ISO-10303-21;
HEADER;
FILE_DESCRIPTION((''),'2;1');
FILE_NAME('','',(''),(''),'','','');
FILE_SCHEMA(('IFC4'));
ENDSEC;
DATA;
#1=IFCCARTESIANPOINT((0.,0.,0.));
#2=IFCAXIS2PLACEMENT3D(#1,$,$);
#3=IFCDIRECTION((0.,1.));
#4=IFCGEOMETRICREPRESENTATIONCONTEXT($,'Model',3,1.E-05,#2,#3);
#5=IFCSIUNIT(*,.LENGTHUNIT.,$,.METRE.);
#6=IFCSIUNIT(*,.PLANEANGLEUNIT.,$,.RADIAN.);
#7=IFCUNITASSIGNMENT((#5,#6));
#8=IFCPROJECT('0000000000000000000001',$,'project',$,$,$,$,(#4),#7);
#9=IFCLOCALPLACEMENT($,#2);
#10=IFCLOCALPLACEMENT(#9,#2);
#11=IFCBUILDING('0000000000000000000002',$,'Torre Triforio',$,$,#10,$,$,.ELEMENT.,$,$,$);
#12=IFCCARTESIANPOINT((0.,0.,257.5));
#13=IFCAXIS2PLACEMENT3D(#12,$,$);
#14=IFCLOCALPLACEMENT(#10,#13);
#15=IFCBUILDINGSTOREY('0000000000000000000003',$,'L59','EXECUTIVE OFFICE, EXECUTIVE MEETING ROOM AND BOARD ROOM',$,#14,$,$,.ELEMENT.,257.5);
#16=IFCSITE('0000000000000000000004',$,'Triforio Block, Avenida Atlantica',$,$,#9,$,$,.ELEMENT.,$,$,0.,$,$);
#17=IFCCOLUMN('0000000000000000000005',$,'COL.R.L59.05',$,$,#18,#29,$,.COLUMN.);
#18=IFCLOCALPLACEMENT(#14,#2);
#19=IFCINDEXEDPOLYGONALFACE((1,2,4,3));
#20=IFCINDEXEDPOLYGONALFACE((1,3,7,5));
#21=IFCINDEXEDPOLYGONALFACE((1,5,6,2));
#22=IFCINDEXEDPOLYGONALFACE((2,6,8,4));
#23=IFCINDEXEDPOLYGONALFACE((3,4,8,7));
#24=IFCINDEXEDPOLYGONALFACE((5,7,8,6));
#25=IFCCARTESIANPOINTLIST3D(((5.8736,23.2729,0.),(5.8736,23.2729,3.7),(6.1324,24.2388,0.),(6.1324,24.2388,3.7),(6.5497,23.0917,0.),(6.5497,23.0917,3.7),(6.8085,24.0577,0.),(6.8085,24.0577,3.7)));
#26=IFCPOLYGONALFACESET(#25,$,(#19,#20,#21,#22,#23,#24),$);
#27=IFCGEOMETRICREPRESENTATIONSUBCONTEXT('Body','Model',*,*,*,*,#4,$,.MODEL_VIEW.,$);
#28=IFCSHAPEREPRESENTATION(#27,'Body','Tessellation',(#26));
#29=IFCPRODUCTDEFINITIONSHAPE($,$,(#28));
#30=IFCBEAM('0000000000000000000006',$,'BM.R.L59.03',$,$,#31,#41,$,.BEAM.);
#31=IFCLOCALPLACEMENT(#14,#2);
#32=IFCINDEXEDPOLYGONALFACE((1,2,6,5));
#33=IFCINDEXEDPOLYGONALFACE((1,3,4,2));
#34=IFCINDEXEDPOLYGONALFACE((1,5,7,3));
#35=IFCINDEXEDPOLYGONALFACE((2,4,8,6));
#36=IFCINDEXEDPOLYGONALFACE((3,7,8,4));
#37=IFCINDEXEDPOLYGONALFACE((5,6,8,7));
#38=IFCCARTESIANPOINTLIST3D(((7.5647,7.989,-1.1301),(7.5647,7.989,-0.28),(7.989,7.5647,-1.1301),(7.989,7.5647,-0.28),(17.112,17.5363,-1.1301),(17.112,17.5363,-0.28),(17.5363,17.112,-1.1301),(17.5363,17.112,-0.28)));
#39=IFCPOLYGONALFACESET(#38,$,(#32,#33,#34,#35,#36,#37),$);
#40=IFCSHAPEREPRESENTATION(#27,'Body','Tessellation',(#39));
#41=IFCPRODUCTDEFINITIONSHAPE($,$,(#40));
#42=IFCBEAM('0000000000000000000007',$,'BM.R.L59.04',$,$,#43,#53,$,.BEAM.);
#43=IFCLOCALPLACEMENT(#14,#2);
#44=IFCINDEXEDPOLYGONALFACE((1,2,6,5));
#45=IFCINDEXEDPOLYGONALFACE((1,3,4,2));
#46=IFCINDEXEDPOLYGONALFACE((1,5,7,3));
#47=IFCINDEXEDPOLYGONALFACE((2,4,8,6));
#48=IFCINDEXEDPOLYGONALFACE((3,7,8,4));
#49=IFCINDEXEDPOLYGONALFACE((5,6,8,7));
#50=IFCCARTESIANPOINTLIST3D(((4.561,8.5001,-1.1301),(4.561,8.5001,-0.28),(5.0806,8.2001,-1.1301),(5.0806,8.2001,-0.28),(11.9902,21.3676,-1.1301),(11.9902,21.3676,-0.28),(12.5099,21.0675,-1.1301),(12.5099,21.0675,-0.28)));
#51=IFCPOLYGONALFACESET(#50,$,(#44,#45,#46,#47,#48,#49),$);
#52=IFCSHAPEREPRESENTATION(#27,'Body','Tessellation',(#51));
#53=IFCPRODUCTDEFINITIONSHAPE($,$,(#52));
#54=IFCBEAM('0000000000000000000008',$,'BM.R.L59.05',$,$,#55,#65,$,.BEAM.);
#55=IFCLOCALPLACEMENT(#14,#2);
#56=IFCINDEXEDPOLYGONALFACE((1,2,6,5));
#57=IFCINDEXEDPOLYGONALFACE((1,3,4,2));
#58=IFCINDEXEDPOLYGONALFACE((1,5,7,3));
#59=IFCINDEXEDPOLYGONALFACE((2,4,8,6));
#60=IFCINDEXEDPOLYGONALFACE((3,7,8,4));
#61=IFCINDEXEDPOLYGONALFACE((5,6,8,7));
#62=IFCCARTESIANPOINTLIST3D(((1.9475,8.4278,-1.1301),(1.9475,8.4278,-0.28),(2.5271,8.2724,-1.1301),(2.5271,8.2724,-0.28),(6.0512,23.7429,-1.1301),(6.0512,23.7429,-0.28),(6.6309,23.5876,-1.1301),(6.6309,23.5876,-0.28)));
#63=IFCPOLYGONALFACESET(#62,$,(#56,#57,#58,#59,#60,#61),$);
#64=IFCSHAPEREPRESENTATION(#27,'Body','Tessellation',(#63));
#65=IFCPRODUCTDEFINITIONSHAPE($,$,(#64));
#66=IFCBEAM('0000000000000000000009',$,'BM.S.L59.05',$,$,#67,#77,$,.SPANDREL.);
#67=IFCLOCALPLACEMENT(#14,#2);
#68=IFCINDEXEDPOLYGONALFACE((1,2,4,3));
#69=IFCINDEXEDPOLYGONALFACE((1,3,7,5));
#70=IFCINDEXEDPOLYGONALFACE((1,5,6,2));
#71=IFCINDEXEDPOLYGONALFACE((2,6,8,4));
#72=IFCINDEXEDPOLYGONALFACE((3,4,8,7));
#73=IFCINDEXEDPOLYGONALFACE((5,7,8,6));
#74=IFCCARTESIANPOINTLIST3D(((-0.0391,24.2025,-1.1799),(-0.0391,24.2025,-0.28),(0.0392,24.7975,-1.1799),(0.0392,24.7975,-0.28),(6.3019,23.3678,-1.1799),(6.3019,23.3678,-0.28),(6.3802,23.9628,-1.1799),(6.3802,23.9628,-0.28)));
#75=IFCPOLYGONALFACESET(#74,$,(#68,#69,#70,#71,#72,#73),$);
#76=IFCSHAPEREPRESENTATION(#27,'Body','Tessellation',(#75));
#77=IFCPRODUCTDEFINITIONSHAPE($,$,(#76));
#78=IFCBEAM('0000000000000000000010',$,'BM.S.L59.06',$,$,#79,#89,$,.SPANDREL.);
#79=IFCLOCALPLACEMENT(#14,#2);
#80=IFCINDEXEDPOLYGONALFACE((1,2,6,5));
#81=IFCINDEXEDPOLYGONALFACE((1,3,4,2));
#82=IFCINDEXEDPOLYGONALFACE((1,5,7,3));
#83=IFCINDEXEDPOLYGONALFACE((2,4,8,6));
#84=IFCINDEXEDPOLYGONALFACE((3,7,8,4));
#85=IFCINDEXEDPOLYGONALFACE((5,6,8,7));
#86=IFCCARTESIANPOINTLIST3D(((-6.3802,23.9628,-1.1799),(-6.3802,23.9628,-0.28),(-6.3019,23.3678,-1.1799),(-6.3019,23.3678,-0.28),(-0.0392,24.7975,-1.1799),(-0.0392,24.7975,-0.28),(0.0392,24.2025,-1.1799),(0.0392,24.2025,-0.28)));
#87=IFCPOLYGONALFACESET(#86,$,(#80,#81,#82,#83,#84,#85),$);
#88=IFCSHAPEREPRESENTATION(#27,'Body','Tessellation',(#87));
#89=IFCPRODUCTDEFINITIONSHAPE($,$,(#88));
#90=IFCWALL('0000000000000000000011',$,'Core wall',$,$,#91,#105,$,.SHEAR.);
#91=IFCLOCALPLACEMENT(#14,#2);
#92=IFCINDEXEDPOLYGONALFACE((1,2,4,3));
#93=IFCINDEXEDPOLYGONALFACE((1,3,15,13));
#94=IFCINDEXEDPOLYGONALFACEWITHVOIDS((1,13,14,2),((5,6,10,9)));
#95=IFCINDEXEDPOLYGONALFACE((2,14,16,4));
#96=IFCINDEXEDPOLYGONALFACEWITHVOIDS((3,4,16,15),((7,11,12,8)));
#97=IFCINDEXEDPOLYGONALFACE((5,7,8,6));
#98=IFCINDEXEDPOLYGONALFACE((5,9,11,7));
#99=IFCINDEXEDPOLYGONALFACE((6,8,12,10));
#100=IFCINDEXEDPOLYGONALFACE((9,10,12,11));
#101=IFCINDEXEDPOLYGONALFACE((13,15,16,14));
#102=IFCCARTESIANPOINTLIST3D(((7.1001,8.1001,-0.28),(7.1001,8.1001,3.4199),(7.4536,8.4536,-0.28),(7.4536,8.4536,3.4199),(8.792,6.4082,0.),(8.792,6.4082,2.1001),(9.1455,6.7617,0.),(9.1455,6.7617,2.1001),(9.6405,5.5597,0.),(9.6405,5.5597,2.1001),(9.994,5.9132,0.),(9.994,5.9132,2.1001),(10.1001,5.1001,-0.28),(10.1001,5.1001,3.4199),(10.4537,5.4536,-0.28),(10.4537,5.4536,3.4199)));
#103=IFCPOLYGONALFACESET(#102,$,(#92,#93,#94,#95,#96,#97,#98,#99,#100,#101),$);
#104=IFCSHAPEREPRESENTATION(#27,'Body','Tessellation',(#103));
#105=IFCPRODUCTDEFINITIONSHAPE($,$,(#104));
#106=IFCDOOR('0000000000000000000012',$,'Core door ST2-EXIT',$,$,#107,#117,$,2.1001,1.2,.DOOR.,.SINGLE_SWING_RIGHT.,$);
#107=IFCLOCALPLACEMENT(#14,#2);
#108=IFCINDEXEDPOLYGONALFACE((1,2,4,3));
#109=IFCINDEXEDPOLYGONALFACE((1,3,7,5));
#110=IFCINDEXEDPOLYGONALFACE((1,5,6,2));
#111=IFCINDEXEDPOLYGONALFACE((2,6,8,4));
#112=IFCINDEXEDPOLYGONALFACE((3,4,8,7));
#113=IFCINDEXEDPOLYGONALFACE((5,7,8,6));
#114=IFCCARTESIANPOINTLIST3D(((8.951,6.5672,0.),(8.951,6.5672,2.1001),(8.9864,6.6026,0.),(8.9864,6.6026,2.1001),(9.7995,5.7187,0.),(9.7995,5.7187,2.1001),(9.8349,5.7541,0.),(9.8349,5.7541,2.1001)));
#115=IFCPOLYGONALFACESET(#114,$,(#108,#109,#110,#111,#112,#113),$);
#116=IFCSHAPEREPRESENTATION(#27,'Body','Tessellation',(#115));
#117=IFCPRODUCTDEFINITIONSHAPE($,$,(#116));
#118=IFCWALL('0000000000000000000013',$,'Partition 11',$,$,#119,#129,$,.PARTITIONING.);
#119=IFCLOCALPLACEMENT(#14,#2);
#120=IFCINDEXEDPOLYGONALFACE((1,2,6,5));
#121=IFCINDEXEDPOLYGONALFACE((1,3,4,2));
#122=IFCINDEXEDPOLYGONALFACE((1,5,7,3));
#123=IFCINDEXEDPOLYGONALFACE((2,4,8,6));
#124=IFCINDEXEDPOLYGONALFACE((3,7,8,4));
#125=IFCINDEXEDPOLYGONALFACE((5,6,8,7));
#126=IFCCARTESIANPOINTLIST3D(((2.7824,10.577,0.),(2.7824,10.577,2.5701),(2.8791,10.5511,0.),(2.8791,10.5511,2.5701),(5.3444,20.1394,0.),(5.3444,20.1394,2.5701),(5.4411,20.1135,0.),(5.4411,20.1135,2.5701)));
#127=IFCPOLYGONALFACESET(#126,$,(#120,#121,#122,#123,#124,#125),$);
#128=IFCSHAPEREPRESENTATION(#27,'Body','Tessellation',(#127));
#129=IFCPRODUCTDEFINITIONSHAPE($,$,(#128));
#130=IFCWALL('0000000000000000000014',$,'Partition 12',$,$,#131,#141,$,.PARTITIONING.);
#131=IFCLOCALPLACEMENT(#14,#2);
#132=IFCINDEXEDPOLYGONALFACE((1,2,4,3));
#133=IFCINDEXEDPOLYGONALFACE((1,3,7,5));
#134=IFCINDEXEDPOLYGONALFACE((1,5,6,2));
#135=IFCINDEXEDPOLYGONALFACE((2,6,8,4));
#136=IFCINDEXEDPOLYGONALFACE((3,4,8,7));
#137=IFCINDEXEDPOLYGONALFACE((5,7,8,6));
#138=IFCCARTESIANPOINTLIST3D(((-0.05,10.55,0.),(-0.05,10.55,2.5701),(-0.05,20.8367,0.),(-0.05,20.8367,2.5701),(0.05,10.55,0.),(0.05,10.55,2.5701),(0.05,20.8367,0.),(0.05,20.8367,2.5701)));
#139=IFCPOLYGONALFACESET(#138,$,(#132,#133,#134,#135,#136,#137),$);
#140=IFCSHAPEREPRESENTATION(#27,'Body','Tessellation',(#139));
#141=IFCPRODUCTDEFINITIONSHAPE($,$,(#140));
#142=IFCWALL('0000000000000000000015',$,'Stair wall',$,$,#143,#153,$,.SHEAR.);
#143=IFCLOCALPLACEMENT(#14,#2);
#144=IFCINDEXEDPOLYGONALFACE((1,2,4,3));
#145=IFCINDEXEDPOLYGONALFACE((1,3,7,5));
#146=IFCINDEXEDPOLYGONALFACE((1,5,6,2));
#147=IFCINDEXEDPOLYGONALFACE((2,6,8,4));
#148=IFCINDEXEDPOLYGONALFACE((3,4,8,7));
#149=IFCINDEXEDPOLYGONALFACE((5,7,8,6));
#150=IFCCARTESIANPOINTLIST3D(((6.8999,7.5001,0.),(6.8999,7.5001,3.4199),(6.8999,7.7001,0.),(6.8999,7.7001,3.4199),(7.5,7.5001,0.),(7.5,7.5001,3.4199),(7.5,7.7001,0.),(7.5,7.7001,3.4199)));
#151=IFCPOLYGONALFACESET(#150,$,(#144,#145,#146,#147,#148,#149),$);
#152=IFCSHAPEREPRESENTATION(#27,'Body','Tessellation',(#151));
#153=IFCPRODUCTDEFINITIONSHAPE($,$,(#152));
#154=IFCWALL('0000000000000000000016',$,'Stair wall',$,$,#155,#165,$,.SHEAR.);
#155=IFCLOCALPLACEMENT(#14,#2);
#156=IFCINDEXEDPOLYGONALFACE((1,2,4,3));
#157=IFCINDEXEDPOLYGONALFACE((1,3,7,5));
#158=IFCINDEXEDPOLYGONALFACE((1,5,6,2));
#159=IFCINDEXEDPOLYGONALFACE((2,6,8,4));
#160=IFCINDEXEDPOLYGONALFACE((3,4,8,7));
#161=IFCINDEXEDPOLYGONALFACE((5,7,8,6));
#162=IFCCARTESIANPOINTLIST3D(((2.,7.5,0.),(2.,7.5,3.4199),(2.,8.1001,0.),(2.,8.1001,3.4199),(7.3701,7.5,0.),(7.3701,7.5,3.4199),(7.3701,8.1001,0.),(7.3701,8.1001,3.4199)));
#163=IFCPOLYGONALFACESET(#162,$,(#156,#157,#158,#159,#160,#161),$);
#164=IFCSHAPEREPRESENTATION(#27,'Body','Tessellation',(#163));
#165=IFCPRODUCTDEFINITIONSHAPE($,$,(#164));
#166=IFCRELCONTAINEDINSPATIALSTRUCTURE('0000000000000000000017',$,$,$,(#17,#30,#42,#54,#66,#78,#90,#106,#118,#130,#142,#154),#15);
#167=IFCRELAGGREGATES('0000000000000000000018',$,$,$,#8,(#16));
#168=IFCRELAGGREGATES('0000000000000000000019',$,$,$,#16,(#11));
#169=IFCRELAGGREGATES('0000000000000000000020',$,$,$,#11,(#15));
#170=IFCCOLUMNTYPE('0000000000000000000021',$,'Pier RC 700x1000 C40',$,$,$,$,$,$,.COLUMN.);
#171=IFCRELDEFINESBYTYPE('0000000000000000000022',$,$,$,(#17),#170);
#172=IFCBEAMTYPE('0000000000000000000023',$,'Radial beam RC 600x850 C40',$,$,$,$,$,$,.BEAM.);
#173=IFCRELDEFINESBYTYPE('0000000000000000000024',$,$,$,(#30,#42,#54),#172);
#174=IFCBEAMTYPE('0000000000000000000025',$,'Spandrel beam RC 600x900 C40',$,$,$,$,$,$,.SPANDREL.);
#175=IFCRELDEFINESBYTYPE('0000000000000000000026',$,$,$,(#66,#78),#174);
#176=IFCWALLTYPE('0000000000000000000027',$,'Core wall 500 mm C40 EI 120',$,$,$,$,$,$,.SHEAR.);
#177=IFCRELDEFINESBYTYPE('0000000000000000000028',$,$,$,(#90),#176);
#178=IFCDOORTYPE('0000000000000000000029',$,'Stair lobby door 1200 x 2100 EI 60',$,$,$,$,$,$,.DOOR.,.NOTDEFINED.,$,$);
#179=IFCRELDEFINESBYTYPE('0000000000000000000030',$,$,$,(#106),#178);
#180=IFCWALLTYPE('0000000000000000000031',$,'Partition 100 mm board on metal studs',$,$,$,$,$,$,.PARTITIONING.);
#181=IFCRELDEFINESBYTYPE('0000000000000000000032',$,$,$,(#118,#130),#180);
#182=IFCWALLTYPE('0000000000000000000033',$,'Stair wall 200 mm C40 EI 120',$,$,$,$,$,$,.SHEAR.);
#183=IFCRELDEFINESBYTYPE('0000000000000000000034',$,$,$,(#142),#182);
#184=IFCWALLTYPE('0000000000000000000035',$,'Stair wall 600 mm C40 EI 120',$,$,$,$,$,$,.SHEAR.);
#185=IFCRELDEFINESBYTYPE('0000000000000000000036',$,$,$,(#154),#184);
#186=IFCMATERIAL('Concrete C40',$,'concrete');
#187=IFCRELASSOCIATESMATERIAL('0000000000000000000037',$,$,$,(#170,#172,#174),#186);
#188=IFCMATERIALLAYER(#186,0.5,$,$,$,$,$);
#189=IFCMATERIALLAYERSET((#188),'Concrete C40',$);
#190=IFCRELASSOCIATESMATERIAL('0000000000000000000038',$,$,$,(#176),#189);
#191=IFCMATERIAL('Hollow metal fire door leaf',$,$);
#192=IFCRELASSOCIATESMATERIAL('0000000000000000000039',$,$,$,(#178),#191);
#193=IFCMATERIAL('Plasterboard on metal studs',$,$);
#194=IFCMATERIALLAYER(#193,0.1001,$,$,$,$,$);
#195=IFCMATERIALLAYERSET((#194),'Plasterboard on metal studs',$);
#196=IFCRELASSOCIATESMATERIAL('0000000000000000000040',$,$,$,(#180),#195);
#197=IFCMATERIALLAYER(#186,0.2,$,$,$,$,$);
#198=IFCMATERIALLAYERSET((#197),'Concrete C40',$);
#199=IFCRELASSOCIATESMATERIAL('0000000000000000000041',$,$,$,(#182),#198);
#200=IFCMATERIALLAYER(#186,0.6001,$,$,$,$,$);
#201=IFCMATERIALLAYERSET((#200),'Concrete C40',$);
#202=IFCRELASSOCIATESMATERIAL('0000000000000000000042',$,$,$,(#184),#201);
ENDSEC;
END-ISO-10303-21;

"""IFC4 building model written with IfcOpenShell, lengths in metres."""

from ifc_helpers import new_model, si_unit, direction, frame, frame_2d, origin, origin_2d, place, context, subcontext, project, spatial, rectangle, extrude, material, layer, layer_set, material_profile, profile_set, type_object, element, fill, save


model = new_model("IFC4")

# Units and contexts
model_context = context("Model", 3, precision=1e-05, world=origin(), true_north=direction((0.0, 1.0)))
body_context = subcontext(model_context, "Body", "Model", "MODEL_VIEW")
ifc_project = project(units=[si_unit("LENGTHUNIT", "METRE"), si_unit("PLANEANGLEUNIT", "RADIAN")], contexts=[model_context])

# Site, building, storey
site_placement = place(None, origin())
site = spatial("IfcSite", under=ifc_project, at=site_placement, Name="Triforio Block, Avenida Atlantica", CompositionType="ELEMENT", RefElevation=0.0)
building_placement = place(site_placement, origin())
building = spatial("IfcBuilding", under=site, at=building_placement, Name="Torre Triforio", CompositionType="ELEMENT")
storey_placement = place(building_placement, frame((0.0, 0.0, 257.5)))
storey = spatial("IfcBuildingStorey", under=building, at=storey_placement, Name="L59", Description="EXECUTIVE OFFICE, EXECUTIVE MEETING ROOM AND BOARD ROOM", CompositionType="ELEMENT", Elevation=257.5)

# Column
ifc_material_1 = material(Name="Concrete C40", Category="concrete")
ifc_material_profile_1 = material_profile(ifc_material_1, rectangle(XDim=0.7, YDim=1.0, at=origin_2d()), Name="RC 700x1000")
ifc_profile_set_1 = profile_set([ifc_material_profile_1], Name="Concrete C40")
column_type = type_object("IfcColumnType", Name="Pier RC 700x1000 C40", PredefinedType="COLUMN", material=ifc_profile_set_1)
column_placement = place(storey_placement, frame((6.3411, 23.6653, 0.0), z_axis=(0.0, 0.0, 1.0), x_axis=(-0.965926, 0.258819, 0.0)))
element("IfcColumn", 1, at=column_placement, inside=storey, type_object=column_type, Name="COL.R.L59.05", PredefinedType="COLUMN", context=body_context, shape_type="SweptSolid", body=[
    extrude(rectangle(XDim=0.7, YDim=1.0, at=origin_2d()), origin(), (0.0, 0.0, 1.0), 3.7),
])

# Beams
ifc_material_profile_2 = material_profile(ifc_material_1, rectangle(XDim=0.6001, YDim=0.8501, at=origin_2d()), Name="RC 600x850")
ifc_profile_set_2 = profile_set([ifc_material_profile_2], Name="Concrete C40")
beam_type_1 = type_object("IfcBeamType", Name="Radial beam RC 600x850 C40", PredefinedType="BEAM", material=ifc_profile_set_2)
beam_1_placement = place(storey_placement, frame((7.7769, 7.7769, -0.7051), z_axis=(0.707107, 0.707107, 0.0), x_axis=(-0.707107, 0.707107, 0.0)))
element("IfcBeam", 2, at=beam_1_placement, inside=storey, type_object=beam_type_1, Name="BM.R.L59.03", PredefinedType="BEAM", context=body_context, shape_type="SweptSolid", body=[
    extrude(rectangle(XDim=0.6001, YDim=0.8501, at=origin_2d()), origin(), (0.0, 0.0, 1.0), 13.502),
])
beam_2_placement = place(storey_placement, frame((4.8208, 8.3501, -0.7051), z_axis=(0.500009, 0.86602, 0.0), x_axis=(-0.86602, 0.500009, 0.0)))
element("IfcBeam", 3, at=beam_2_placement, inside=storey, type_object=beam_type_1, Name="BM.R.L59.04", PredefinedType="BEAM", context=body_context, shape_type="SweptSolid", body=[
    extrude(rectangle(XDim=0.6001, YDim=0.8501, at=origin_2d()), origin(), (0.0, 0.0, 1.0), 14.8582),
])
beam_3_placement = place(storey_placement, frame((2.2373, 8.3501, -0.7051), z_axis=(0.258823, 0.965925, 0.0), x_axis=(-0.965925, 0.258823, 0.0)))
element("IfcBeam", 4, at=beam_3_placement, inside=storey, type_object=beam_type_1, Name="BM.R.L59.05", PredefinedType="BEAM", context=body_context, shape_type="SweptSolid", body=[
    extrude(rectangle(XDim=0.6001, YDim=0.8501, at=origin_2d()), origin(), (0.0, 0.0, 1.0), 15.8555),
])
ifc_material_profile_3 = material_profile(ifc_material_1, rectangle(XDim=0.6001, YDim=0.8999, at=origin_2d()), Name="RC 600x900")
ifc_profile_set_3 = profile_set([ifc_material_profile_3], Name="Concrete C40")
beam_type_2 = type_object("IfcBeamType", Name="Spandrel beam RC 600x900 C40", PredefinedType="SPANDREL", material=ifc_profile_set_3)
for number, where, z_axis, x_axis, name in (
    (5, (6.3411, 23.6653, -0.73), (-0.991447, 0.130511, 0.0), (-0.130511, -0.991447, 0.0), "BM.S.L59.05"),
    (6, (0.0, 24.5, -0.73), (-0.991447, -0.130511, 0.0), (0.130511, -0.991447, 0.0), "BM.S.L59.06"),
):
    element("IfcBeam", number, at=place(storey_placement, frame(where, z_axis=z_axis, x_axis=x_axis)), inside=storey, type_object=beam_type_2, Name=name, PredefinedType="SPANDREL", context=body_context, shape_type="SweptSolid", body=[
        extrude(rectangle(XDim=0.6001, YDim=0.8999, at=origin_2d()), origin(), (0.0, 0.0, 1.0), 6.3958),
    ])

# Wall, opening, door
ifc_layer_1 = layer(ifc_material_1, 0.5)
ifc_layer_set_1 = layer_set([ifc_layer_1], Name="Concrete C40")
wall_type_1 = type_object("IfcWallType", Name="Core wall 500 mm C40 EI 120", PredefinedType="SHEAR", material=ifc_layer_set_1)
wall_1_placement = place(storey_placement, frame((7.2769, 8.2769, -0.28), z_axis=(0.0, 0.0, 1.0), x_axis=(0.707107, -0.707107, 0.0)))
wall_1 = element("IfcWall", 7, at=wall_1_placement, inside=storey, type_object=wall_type_1, Name="Core wall", PredefinedType="SHEAR", context=body_context, shape_type="SweptSolid", body=[
    extrude(rectangle(XDim=4.2427, YDim=0.5, at=frame_2d((2.1213, 0.0))), origin(), (0.0, 0.0, 1.0), 3.7),
])
opening_1_placement = place(wall_1_placement, frame((2.3926, 0.0, 0.28)))
opening_1 = element("IfcOpeningElement", 8, at=opening_1_placement, cuts=wall_1, PredefinedType="OPENING", context=body_context, shape_type="SweptSolid", body=[
    extrude(rectangle(XDim=1.2, YDim=2.1001, at=frame_2d((0.6001, 1.05))), frame((0.0, 0.26, 0.0), z_axis=(0.0, -1.0, 0.0), x_axis=(1.0, 0.0, 0.0)), (0.0, 0.0, 1.0), 0.52),
])
ifc_material_2 = material(Name="Hollow metal fire door leaf")
door_type_1 = type_object("IfcDoorType", Name="Stair lobby door 1200 x 2100 EI 60", OperationType="NOTDEFINED", PredefinedType="DOOR", material=ifc_material_2)
door_1_placement = place(opening_1_placement, origin())
door_1 = element("IfcDoor", 9, at=door_1_placement, inside=storey, type_object=door_type_1, Name="Core door ST2-EXIT", OperationType="SINGLE_SWING_RIGHT", OverallHeight=2.1001, OverallWidth=1.2, PredefinedType="DOOR", context=body_context, shape_type="SweptSolid", body=[
    extrude(rectangle(XDim=1.2, YDim=2.1001, at=frame_2d((0.6001, 1.05))), frame((0.0, 0.0249, 0.0), z_axis=(0.0, -1.0, 0.0), x_axis=(1.0, 0.0, 0.0)), (0.0, 0.0, 1.0), 0.05),
])
fill(opening_1, door_1)

# Walls
ifc_material_3 = material(Name="Plasterboard on metal studs")
ifc_layer_2 = layer(ifc_material_3, 0.1001)
ifc_layer_set_2 = layer_set([ifc_layer_2], Name="Plasterboard on metal studs")
wall_type_2 = type_object("IfcWallType", Name="Partition 100 mm board on metal studs", PredefinedType="PARTITIONING", material=ifc_layer_set_2)
wall_2_placement = place(storey_placement, frame((2.8308, 10.5642, 0.0), z_axis=(0.0, 0.0, 1.0), x_axis=(0.258795, 0.965932, 0.0)))
element("IfcWall", 10, at=wall_2_placement, inside=storey, type_object=wall_type_2, Name="Partition 11", PredefinedType="PARTITIONING", context=body_context, shape_type="SweptSolid", body=[
    extrude(rectangle(XDim=9.8997, YDim=0.1001, at=frame_2d((4.9497, 0.0))), origin(), (0.0, 0.0, 1.0), 2.5701),
])
wall_3_placement = place(storey_placement, frame((0.0, 10.55, 0.0), z_axis=(0.0, 0.0, 1.0), x_axis=(0.0, 1.0, 0.0)))
element("IfcWall", 11, at=wall_3_placement, inside=storey, type_object=wall_type_2, Name="Partition 12", PredefinedType="PARTITIONING", context=body_context, shape_type="SweptSolid", body=[
    extrude(rectangle(XDim=10.2866, YDim=0.1001, at=frame_2d((5.1433, 0.0))), origin(), (0.0, 0.0, 1.0), 2.5701),
])
ifc_layer_3 = layer(ifc_material_1, 0.2)
ifc_layer_set_3 = layer_set([ifc_layer_3], Name="Concrete C40")
wall_type_3 = type_object("IfcWallType", Name="Stair wall 200 mm C40 EI 120", PredefinedType="SHEAR", material=ifc_layer_set_3)
wall_4_placement = place(storey_placement, frame((6.8999, 7.6001, 0.0), z_axis=(0.0, 0.0, 1.0), x_axis=(1.0, 0.0, 0.0)))
element("IfcWall", 12, at=wall_4_placement, inside=storey, type_object=wall_type_3, Name="Stair wall", PredefinedType="SHEAR", context=body_context, shape_type="SweptSolid", body=[
    extrude(rectangle(XDim=0.6001, YDim=0.2, at=frame_2d((0.3, 0.0))), origin(), (0.0, 0.0, 1.0), 3.4199),
])
ifc_layer_4 = layer(ifc_material_1, 0.6001)
ifc_layer_set_4 = layer_set([ifc_layer_4], Name="Concrete C40")
wall_type_4 = type_object("IfcWallType", Name="Stair wall 600 mm C40 EI 120", PredefinedType="SHEAR", material=ifc_layer_set_4)
wall_5_placement = place(storey_placement, frame((2.0, 7.8, 0.0), z_axis=(0.0, 0.0, 1.0), x_axis=(1.0, 0.0, 0.0)))
element("IfcWall", 13, at=wall_5_placement, inside=storey, type_object=wall_type_4, Name="Stair wall", PredefinedType="SHEAR", context=body_context, shape_type="SweptSolid", body=[
    extrude(rectangle(XDim=5.3701, YDim=0.6001, at=frame_2d((2.6851, 0.0))), origin(), (0.0, 0.0, 1.0), 3.4199),
])

save(model, "model.ifc")
